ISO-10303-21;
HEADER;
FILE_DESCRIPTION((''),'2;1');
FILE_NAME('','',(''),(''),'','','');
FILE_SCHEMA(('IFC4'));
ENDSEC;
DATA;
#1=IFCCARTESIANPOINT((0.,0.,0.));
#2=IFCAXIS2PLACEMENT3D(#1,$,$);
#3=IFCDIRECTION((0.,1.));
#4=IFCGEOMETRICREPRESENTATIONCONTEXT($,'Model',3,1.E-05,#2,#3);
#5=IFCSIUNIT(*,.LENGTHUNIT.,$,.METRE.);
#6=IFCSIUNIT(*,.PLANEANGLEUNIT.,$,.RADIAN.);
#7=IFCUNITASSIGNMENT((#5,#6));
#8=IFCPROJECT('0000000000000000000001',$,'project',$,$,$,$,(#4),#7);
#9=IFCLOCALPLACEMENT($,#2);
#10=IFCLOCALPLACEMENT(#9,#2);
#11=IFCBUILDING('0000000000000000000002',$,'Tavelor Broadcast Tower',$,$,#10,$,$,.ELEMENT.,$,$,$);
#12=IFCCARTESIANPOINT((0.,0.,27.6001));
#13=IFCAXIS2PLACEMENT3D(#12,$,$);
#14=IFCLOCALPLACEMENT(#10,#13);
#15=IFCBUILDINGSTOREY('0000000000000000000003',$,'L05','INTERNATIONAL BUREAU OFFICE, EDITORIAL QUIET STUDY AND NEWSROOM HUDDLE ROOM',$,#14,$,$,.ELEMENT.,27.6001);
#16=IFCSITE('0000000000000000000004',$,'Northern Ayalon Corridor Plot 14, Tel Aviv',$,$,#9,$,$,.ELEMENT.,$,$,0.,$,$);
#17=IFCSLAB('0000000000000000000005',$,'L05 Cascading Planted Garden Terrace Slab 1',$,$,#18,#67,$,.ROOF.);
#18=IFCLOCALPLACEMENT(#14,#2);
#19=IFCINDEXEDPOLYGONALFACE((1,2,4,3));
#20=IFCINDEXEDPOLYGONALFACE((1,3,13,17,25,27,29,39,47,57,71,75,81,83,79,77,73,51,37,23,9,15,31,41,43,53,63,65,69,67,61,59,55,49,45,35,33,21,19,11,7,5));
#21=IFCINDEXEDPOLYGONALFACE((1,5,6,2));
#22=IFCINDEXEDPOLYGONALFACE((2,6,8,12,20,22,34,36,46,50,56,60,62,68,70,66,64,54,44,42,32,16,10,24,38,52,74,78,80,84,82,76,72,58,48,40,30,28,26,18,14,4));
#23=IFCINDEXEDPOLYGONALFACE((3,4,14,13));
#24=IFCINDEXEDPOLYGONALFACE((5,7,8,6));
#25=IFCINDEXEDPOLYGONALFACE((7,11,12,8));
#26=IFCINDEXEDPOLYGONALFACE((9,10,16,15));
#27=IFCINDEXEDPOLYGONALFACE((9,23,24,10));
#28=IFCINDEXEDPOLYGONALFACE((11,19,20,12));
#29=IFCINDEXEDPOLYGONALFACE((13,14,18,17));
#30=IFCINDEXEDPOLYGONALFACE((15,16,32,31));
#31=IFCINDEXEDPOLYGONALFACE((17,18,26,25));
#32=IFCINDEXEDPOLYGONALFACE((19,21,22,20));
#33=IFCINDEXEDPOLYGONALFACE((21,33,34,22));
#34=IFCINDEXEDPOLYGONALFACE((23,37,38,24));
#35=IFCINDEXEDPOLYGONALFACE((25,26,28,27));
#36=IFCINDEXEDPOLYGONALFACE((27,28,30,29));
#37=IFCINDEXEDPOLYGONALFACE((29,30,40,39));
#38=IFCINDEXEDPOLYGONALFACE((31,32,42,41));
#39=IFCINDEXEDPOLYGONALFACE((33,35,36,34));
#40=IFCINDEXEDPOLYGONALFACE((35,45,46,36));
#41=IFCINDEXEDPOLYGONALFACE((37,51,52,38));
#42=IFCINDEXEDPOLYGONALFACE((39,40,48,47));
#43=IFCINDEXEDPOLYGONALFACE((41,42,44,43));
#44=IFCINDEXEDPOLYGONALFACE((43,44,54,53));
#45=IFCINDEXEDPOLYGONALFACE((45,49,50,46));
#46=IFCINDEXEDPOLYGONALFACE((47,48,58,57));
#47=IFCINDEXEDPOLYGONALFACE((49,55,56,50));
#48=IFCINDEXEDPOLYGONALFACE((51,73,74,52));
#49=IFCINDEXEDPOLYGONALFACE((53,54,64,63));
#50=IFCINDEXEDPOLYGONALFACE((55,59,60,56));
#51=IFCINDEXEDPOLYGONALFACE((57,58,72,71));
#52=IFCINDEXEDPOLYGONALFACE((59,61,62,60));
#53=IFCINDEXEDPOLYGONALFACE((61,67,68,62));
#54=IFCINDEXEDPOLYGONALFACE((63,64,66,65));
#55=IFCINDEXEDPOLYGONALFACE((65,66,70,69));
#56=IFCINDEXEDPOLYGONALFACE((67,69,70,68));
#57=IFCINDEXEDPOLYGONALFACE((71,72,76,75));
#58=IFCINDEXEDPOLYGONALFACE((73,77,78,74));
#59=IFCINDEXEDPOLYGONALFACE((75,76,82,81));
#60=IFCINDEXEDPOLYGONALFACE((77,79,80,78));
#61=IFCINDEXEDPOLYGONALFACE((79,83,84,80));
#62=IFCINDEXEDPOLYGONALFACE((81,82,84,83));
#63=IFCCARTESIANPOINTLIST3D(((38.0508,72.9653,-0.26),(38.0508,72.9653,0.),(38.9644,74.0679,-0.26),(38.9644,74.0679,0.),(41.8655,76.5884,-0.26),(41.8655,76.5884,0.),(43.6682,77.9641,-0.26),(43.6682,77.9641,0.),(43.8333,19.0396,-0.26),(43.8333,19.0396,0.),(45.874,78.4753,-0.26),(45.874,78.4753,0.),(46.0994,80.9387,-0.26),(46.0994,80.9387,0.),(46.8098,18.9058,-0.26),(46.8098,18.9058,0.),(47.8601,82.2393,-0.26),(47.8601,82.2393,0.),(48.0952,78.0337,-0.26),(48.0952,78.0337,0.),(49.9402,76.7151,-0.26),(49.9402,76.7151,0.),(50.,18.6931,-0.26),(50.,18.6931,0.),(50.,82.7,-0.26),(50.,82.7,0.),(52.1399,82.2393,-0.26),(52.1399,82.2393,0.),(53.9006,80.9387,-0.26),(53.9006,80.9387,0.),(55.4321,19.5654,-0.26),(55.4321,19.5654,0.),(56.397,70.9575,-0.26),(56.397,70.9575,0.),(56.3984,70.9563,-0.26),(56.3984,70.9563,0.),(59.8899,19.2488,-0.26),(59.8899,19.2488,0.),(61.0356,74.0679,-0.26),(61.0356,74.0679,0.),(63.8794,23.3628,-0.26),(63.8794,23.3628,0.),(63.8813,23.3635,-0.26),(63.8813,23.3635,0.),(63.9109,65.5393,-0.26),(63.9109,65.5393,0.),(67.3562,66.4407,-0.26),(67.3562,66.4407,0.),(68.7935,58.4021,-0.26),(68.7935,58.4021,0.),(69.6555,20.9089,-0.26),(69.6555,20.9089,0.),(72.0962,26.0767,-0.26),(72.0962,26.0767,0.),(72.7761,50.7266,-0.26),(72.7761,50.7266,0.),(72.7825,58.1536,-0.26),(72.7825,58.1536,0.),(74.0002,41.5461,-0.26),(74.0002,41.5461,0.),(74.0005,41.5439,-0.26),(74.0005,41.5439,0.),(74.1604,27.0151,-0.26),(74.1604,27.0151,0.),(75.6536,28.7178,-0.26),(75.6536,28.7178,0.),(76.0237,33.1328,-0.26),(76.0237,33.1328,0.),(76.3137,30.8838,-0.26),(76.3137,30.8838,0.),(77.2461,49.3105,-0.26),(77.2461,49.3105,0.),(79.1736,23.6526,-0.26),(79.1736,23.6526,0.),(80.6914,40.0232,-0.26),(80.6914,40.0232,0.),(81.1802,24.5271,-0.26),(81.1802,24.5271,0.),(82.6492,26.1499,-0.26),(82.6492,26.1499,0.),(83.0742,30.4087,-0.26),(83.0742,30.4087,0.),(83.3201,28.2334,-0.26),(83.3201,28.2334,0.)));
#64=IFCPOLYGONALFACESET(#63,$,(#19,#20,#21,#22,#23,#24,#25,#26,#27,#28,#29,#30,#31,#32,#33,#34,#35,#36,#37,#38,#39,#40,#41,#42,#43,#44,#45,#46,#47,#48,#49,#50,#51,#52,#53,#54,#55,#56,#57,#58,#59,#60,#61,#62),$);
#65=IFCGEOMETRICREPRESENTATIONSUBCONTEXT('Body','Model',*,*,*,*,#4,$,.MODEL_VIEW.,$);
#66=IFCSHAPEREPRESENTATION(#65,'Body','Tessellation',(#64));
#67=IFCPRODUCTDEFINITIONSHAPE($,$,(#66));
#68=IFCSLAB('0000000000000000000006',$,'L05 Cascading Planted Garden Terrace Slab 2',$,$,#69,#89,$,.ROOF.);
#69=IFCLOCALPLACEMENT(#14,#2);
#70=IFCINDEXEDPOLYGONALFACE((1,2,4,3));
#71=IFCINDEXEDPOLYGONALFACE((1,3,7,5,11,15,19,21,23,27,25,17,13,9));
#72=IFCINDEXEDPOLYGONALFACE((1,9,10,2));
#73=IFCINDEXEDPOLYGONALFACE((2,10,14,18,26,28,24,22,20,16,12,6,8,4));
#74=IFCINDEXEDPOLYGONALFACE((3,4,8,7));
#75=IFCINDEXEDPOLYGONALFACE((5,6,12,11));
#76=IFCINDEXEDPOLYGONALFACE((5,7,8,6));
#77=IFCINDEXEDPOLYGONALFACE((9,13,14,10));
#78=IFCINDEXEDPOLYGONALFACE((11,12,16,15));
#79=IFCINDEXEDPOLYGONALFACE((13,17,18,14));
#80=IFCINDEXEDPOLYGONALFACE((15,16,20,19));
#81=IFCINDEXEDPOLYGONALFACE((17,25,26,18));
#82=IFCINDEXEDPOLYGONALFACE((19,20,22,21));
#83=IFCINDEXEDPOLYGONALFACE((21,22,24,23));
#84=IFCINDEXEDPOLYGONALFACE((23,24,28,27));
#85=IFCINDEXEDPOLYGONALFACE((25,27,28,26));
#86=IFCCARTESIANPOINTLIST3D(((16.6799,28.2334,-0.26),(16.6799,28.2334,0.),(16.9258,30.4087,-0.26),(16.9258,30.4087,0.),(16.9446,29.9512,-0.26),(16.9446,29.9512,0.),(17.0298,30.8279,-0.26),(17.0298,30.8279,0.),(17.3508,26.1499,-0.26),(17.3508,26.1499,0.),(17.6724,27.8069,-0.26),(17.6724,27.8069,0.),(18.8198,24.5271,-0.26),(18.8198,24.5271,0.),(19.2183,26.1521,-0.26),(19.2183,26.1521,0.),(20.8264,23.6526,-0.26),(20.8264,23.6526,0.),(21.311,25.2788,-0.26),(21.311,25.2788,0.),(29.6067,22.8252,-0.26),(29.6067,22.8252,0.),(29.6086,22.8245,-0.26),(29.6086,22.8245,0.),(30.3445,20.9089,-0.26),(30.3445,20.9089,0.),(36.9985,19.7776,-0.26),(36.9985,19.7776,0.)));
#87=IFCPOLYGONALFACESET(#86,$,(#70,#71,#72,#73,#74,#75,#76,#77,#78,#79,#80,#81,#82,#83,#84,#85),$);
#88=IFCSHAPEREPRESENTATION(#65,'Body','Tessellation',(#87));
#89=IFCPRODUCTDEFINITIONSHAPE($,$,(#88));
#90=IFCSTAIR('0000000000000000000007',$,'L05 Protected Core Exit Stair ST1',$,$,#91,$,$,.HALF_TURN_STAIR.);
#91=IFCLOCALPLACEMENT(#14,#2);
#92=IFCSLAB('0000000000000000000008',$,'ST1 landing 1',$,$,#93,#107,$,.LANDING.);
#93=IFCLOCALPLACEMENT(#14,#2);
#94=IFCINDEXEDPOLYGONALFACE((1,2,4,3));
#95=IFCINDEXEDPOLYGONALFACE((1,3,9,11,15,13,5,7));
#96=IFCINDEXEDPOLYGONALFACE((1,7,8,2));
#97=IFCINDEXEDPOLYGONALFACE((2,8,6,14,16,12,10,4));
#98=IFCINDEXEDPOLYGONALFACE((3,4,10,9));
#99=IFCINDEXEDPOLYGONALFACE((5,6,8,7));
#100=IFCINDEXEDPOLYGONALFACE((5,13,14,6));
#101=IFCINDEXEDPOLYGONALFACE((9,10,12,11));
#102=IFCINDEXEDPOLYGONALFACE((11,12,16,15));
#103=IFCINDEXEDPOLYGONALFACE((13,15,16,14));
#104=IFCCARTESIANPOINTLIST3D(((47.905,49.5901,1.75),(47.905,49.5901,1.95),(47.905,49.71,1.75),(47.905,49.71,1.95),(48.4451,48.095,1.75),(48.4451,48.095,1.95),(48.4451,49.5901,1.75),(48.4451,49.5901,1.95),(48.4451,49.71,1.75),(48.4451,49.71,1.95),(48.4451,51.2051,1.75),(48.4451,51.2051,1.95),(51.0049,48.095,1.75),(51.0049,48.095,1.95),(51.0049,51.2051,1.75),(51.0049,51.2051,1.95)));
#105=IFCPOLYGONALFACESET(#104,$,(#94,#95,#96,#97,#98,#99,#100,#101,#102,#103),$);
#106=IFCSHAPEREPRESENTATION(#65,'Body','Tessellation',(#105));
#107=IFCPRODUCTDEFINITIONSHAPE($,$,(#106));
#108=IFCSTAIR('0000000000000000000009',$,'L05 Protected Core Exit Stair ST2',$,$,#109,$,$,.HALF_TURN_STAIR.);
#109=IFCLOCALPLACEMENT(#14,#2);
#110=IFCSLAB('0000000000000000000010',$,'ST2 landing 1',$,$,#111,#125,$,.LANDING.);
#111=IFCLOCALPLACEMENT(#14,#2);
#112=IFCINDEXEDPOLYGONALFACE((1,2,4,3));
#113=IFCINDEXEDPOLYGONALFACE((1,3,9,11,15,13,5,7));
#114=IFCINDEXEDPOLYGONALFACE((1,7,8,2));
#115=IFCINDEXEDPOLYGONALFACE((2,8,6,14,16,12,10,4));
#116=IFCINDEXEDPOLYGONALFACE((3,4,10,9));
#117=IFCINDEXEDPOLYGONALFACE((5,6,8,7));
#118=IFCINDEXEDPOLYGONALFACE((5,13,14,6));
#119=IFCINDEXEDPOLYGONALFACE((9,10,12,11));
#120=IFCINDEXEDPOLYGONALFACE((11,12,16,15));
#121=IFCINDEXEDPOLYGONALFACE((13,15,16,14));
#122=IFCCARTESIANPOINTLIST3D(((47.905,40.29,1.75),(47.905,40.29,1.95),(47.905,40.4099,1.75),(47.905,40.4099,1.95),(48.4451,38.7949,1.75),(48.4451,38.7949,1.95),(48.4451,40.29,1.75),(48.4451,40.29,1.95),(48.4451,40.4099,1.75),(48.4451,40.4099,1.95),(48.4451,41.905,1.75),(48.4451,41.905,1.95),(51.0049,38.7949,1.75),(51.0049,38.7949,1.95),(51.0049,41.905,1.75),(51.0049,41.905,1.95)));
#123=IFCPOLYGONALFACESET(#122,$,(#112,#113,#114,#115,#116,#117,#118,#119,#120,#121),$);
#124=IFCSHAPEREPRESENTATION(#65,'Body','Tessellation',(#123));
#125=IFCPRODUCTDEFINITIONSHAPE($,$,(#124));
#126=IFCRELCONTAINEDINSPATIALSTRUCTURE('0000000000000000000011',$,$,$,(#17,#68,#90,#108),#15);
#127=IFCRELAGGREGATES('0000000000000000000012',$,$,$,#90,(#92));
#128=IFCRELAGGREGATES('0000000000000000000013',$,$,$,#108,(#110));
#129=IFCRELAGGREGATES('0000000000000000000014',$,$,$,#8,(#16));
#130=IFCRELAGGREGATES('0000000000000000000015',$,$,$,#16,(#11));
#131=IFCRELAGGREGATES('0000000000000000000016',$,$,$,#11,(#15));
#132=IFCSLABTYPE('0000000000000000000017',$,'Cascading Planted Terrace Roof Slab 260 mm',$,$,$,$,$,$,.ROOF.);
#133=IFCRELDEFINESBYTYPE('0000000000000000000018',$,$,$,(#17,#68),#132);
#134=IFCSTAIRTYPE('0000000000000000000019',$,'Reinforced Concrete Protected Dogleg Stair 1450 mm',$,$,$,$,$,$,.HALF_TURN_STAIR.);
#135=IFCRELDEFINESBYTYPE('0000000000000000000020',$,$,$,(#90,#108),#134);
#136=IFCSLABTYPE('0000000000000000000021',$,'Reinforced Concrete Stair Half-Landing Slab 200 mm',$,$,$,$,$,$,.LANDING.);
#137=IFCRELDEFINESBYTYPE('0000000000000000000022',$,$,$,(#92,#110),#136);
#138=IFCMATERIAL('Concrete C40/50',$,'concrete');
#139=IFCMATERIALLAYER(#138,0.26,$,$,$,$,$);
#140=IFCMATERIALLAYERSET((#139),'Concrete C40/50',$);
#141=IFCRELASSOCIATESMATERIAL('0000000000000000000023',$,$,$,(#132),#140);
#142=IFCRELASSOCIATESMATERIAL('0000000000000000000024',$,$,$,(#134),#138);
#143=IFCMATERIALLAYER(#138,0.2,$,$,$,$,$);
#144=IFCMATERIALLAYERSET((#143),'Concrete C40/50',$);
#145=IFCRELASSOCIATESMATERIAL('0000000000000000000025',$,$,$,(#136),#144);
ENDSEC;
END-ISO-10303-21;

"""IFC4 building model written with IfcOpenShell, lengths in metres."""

from ifc_helpers import new_model, si_unit, direction, frame, origin, place, context, subcontext, project, spatial, polyline, outline, extrude, material, layer, layer_set, type_object, element, aggregate, save


model = new_model("IFC4")

# Units and contexts
model_context = context("Model", 3, precision=1e-05, world=origin(), true_north=direction((0.0, 1.0)))
body_context = subcontext(model_context, "Body", "Model", "MODEL_VIEW")
ifc_project = project(units=[si_unit("LENGTHUNIT", "METRE"), si_unit("PLANEANGLEUNIT", "RADIAN")], contexts=[model_context])

# Site, building, storey
site_placement = place(None, origin())
site = spatial("IfcSite", under=ifc_project, at=site_placement, Name="Northern Ayalon Corridor Plot 14, Tel Aviv", CompositionType="ELEMENT", RefElevation=0.0)
building_placement = place(site_placement, origin())
building = spatial("IfcBuilding", under=site, at=building_placement, Name="Tavelor Broadcast Tower", CompositionType="ELEMENT")
storey_placement = place(building_placement, frame((0.0, 0.0, 27.6001)))
storey = spatial("IfcBuildingStorey", under=building, at=storey_placement, Name="L05", Description="INTERNATIONAL BUREAU OFFICE, EDITORIAL QUIET STUDY AND NEWSROOM HUDDLE ROOM", CompositionType="ELEMENT", Elevation=27.6001)

# Slabs
ifc_material_1 = material(Name="Concrete C40/50", Category="concrete")
ifc_layer_1 = layer(ifc_material_1, 0.26)
ifc_layer_set_1 = layer_set([ifc_layer_1], Name="Concrete C40/50")
slab_type_1 = type_object("IfcSlabType", Name="Cascading Planted Terrace Roof Slab 260 mm", PredefinedType="ROOF", material=ifc_layer_set_1)
slab_1_placement = place(storey_placement, frame((0.0, 0.0, -0.26)))
element("IfcSlab", 1, at=slab_1_placement, inside=storey, type_object=slab_type_1, Name="L05 Cascading Planted Garden Terrace Slab 1", PredefinedType="ROOF", context=body_context, shape_type="SweptSolid", body=[
    extrude(outline(polyline([(38.0508, 72.9653), (41.8655, 76.5884), (43.6682, 77.9641), (45.874, 78.4753), (48.0952, 78.0337), (49.9402, 76.7151), (56.397, 70.9575), (56.3984, 70.9563), (63.9109, 65.5393), (68.7935, 58.4021), (72.7761, 50.7266), (74.0002, 41.5461), (74.0005, 41.5439), (76.0237, 33.1328), (76.3137, 30.8838), (75.6536, 28.7178), (74.1604, 27.0151), (72.0962, 26.0767), (63.8813, 23.3635), (63.8794, 23.3628), (55.4321, 19.5654), (46.8098, 18.9058), (43.8333, 19.0396), (50.0, 18.6931), (59.8899, 19.2488), (69.6555, 20.9089), (79.1736, 23.6526), (81.1802, 24.5271), (82.6492, 26.1499), (83.3201, 28.2334), (83.0742, 30.4087), (80.6914, 40.0232), (77.2461, 49.3105), (72.7825, 58.1536), (67.3562, 66.4407), (61.0356, 74.0679), (53.9006, 80.9387), (52.1399, 82.2393), (50.0, 82.7), (47.8601, 82.2393), (46.0994, 80.9387), (38.9644, 74.0679), (38.0508, 72.9653)])), origin(), (0.0, 0.0, 1.0), 0.26),
])
slab_2_placement = place(storey_placement, frame((0.0, 0.0, -0.26)))
element("IfcSlab", 2, at=slab_2_placement, inside=storey, type_object=slab_type_1, Name="L05 Cascading Planted Garden Terrace Slab 2", PredefinedType="ROOF", context=body_context, shape_type="SweptSolid", body=[
    extrude(outline(polyline([(36.9985, 19.7776), (29.6086, 22.8245), (29.6067, 22.8252), (21.311, 25.2788), (19.2183, 26.1521), (17.6724, 27.8069), (16.9446, 29.9512), (17.0298, 30.8279), (16.9258, 30.4087), (16.6799, 28.2334), (17.3508, 26.1499), (18.8198, 24.5271), (20.8264, 23.6526), (30.3445, 20.9089), (36.9985, 19.7776)])), origin(), (0.0, 0.0, 1.0), 0.26),
])

# Stairs, slabs
stair_type = type_object("IfcStairType", Name="Reinforced Concrete Protected Dogleg Stair 1450 mm", PredefinedType="HALF_TURN_STAIR", material=ifc_material_1)
stair_1_placement = place(storey_placement, origin())
stair_1 = element("IfcStair", 3, at=stair_1_placement, inside=storey, type_object=stair_type, Name="L05 Protected Core Exit Stair ST1", PredefinedType="HALF_TURN_STAIR")
ifc_layer_2 = layer(ifc_material_1, 0.2)
ifc_layer_set_2 = layer_set([ifc_layer_2], Name="Concrete C40/50")
slab_type_2 = type_object("IfcSlabType", Name="Reinforced Concrete Stair Half-Landing Slab 200 mm", PredefinedType="LANDING", material=ifc_layer_set_2)
slab_3_placement = place(storey_placement, frame((0.0, 0.0, 1.75)))
slab_3 = element("IfcSlab", 4, at=slab_3_placement, type_object=slab_type_2, Name="ST1 landing 1", PredefinedType="LANDING", context=body_context, shape_type="SweptSolid", body=[
    extrude(outline(polyline([(48.4451, 49.5901), (48.4451, 48.095), (51.0049, 48.095), (51.0049, 51.2051), (48.4451, 51.2051), (48.4451, 49.71), (47.905, 49.71), (47.905, 49.5901), (48.4451, 49.5901)])), origin(), (0.0, 0.0, 1.0), 0.2),
])
aggregate(stair_1, [slab_3])
stair_2_placement = place(storey_placement, origin())
stair_2 = element("IfcStair", 5, at=stair_2_placement, inside=storey, type_object=stair_type, Name="L05 Protected Core Exit Stair ST2", PredefinedType="HALF_TURN_STAIR")
slab_4_placement = place(storey_placement, frame((0.0, 0.0, 1.75)))
slab_4 = element("IfcSlab", 6, at=slab_4_placement, type_object=slab_type_2, Name="ST2 landing 1", PredefinedType="LANDING", context=body_context, shape_type="SweptSolid", body=[
    extrude(outline(polyline([(48.4451, 40.29), (48.4451, 38.7949), (51.0049, 38.7949), (51.0049, 41.905), (48.4451, 41.905), (48.4451, 40.4099), (47.905, 40.4099), (47.905, 40.29), (48.4451, 40.29)])), origin(), (0.0, 0.0, 1.0), 0.2),
])
aggregate(stair_2, [slab_4])

save(model, "model.ifc")
